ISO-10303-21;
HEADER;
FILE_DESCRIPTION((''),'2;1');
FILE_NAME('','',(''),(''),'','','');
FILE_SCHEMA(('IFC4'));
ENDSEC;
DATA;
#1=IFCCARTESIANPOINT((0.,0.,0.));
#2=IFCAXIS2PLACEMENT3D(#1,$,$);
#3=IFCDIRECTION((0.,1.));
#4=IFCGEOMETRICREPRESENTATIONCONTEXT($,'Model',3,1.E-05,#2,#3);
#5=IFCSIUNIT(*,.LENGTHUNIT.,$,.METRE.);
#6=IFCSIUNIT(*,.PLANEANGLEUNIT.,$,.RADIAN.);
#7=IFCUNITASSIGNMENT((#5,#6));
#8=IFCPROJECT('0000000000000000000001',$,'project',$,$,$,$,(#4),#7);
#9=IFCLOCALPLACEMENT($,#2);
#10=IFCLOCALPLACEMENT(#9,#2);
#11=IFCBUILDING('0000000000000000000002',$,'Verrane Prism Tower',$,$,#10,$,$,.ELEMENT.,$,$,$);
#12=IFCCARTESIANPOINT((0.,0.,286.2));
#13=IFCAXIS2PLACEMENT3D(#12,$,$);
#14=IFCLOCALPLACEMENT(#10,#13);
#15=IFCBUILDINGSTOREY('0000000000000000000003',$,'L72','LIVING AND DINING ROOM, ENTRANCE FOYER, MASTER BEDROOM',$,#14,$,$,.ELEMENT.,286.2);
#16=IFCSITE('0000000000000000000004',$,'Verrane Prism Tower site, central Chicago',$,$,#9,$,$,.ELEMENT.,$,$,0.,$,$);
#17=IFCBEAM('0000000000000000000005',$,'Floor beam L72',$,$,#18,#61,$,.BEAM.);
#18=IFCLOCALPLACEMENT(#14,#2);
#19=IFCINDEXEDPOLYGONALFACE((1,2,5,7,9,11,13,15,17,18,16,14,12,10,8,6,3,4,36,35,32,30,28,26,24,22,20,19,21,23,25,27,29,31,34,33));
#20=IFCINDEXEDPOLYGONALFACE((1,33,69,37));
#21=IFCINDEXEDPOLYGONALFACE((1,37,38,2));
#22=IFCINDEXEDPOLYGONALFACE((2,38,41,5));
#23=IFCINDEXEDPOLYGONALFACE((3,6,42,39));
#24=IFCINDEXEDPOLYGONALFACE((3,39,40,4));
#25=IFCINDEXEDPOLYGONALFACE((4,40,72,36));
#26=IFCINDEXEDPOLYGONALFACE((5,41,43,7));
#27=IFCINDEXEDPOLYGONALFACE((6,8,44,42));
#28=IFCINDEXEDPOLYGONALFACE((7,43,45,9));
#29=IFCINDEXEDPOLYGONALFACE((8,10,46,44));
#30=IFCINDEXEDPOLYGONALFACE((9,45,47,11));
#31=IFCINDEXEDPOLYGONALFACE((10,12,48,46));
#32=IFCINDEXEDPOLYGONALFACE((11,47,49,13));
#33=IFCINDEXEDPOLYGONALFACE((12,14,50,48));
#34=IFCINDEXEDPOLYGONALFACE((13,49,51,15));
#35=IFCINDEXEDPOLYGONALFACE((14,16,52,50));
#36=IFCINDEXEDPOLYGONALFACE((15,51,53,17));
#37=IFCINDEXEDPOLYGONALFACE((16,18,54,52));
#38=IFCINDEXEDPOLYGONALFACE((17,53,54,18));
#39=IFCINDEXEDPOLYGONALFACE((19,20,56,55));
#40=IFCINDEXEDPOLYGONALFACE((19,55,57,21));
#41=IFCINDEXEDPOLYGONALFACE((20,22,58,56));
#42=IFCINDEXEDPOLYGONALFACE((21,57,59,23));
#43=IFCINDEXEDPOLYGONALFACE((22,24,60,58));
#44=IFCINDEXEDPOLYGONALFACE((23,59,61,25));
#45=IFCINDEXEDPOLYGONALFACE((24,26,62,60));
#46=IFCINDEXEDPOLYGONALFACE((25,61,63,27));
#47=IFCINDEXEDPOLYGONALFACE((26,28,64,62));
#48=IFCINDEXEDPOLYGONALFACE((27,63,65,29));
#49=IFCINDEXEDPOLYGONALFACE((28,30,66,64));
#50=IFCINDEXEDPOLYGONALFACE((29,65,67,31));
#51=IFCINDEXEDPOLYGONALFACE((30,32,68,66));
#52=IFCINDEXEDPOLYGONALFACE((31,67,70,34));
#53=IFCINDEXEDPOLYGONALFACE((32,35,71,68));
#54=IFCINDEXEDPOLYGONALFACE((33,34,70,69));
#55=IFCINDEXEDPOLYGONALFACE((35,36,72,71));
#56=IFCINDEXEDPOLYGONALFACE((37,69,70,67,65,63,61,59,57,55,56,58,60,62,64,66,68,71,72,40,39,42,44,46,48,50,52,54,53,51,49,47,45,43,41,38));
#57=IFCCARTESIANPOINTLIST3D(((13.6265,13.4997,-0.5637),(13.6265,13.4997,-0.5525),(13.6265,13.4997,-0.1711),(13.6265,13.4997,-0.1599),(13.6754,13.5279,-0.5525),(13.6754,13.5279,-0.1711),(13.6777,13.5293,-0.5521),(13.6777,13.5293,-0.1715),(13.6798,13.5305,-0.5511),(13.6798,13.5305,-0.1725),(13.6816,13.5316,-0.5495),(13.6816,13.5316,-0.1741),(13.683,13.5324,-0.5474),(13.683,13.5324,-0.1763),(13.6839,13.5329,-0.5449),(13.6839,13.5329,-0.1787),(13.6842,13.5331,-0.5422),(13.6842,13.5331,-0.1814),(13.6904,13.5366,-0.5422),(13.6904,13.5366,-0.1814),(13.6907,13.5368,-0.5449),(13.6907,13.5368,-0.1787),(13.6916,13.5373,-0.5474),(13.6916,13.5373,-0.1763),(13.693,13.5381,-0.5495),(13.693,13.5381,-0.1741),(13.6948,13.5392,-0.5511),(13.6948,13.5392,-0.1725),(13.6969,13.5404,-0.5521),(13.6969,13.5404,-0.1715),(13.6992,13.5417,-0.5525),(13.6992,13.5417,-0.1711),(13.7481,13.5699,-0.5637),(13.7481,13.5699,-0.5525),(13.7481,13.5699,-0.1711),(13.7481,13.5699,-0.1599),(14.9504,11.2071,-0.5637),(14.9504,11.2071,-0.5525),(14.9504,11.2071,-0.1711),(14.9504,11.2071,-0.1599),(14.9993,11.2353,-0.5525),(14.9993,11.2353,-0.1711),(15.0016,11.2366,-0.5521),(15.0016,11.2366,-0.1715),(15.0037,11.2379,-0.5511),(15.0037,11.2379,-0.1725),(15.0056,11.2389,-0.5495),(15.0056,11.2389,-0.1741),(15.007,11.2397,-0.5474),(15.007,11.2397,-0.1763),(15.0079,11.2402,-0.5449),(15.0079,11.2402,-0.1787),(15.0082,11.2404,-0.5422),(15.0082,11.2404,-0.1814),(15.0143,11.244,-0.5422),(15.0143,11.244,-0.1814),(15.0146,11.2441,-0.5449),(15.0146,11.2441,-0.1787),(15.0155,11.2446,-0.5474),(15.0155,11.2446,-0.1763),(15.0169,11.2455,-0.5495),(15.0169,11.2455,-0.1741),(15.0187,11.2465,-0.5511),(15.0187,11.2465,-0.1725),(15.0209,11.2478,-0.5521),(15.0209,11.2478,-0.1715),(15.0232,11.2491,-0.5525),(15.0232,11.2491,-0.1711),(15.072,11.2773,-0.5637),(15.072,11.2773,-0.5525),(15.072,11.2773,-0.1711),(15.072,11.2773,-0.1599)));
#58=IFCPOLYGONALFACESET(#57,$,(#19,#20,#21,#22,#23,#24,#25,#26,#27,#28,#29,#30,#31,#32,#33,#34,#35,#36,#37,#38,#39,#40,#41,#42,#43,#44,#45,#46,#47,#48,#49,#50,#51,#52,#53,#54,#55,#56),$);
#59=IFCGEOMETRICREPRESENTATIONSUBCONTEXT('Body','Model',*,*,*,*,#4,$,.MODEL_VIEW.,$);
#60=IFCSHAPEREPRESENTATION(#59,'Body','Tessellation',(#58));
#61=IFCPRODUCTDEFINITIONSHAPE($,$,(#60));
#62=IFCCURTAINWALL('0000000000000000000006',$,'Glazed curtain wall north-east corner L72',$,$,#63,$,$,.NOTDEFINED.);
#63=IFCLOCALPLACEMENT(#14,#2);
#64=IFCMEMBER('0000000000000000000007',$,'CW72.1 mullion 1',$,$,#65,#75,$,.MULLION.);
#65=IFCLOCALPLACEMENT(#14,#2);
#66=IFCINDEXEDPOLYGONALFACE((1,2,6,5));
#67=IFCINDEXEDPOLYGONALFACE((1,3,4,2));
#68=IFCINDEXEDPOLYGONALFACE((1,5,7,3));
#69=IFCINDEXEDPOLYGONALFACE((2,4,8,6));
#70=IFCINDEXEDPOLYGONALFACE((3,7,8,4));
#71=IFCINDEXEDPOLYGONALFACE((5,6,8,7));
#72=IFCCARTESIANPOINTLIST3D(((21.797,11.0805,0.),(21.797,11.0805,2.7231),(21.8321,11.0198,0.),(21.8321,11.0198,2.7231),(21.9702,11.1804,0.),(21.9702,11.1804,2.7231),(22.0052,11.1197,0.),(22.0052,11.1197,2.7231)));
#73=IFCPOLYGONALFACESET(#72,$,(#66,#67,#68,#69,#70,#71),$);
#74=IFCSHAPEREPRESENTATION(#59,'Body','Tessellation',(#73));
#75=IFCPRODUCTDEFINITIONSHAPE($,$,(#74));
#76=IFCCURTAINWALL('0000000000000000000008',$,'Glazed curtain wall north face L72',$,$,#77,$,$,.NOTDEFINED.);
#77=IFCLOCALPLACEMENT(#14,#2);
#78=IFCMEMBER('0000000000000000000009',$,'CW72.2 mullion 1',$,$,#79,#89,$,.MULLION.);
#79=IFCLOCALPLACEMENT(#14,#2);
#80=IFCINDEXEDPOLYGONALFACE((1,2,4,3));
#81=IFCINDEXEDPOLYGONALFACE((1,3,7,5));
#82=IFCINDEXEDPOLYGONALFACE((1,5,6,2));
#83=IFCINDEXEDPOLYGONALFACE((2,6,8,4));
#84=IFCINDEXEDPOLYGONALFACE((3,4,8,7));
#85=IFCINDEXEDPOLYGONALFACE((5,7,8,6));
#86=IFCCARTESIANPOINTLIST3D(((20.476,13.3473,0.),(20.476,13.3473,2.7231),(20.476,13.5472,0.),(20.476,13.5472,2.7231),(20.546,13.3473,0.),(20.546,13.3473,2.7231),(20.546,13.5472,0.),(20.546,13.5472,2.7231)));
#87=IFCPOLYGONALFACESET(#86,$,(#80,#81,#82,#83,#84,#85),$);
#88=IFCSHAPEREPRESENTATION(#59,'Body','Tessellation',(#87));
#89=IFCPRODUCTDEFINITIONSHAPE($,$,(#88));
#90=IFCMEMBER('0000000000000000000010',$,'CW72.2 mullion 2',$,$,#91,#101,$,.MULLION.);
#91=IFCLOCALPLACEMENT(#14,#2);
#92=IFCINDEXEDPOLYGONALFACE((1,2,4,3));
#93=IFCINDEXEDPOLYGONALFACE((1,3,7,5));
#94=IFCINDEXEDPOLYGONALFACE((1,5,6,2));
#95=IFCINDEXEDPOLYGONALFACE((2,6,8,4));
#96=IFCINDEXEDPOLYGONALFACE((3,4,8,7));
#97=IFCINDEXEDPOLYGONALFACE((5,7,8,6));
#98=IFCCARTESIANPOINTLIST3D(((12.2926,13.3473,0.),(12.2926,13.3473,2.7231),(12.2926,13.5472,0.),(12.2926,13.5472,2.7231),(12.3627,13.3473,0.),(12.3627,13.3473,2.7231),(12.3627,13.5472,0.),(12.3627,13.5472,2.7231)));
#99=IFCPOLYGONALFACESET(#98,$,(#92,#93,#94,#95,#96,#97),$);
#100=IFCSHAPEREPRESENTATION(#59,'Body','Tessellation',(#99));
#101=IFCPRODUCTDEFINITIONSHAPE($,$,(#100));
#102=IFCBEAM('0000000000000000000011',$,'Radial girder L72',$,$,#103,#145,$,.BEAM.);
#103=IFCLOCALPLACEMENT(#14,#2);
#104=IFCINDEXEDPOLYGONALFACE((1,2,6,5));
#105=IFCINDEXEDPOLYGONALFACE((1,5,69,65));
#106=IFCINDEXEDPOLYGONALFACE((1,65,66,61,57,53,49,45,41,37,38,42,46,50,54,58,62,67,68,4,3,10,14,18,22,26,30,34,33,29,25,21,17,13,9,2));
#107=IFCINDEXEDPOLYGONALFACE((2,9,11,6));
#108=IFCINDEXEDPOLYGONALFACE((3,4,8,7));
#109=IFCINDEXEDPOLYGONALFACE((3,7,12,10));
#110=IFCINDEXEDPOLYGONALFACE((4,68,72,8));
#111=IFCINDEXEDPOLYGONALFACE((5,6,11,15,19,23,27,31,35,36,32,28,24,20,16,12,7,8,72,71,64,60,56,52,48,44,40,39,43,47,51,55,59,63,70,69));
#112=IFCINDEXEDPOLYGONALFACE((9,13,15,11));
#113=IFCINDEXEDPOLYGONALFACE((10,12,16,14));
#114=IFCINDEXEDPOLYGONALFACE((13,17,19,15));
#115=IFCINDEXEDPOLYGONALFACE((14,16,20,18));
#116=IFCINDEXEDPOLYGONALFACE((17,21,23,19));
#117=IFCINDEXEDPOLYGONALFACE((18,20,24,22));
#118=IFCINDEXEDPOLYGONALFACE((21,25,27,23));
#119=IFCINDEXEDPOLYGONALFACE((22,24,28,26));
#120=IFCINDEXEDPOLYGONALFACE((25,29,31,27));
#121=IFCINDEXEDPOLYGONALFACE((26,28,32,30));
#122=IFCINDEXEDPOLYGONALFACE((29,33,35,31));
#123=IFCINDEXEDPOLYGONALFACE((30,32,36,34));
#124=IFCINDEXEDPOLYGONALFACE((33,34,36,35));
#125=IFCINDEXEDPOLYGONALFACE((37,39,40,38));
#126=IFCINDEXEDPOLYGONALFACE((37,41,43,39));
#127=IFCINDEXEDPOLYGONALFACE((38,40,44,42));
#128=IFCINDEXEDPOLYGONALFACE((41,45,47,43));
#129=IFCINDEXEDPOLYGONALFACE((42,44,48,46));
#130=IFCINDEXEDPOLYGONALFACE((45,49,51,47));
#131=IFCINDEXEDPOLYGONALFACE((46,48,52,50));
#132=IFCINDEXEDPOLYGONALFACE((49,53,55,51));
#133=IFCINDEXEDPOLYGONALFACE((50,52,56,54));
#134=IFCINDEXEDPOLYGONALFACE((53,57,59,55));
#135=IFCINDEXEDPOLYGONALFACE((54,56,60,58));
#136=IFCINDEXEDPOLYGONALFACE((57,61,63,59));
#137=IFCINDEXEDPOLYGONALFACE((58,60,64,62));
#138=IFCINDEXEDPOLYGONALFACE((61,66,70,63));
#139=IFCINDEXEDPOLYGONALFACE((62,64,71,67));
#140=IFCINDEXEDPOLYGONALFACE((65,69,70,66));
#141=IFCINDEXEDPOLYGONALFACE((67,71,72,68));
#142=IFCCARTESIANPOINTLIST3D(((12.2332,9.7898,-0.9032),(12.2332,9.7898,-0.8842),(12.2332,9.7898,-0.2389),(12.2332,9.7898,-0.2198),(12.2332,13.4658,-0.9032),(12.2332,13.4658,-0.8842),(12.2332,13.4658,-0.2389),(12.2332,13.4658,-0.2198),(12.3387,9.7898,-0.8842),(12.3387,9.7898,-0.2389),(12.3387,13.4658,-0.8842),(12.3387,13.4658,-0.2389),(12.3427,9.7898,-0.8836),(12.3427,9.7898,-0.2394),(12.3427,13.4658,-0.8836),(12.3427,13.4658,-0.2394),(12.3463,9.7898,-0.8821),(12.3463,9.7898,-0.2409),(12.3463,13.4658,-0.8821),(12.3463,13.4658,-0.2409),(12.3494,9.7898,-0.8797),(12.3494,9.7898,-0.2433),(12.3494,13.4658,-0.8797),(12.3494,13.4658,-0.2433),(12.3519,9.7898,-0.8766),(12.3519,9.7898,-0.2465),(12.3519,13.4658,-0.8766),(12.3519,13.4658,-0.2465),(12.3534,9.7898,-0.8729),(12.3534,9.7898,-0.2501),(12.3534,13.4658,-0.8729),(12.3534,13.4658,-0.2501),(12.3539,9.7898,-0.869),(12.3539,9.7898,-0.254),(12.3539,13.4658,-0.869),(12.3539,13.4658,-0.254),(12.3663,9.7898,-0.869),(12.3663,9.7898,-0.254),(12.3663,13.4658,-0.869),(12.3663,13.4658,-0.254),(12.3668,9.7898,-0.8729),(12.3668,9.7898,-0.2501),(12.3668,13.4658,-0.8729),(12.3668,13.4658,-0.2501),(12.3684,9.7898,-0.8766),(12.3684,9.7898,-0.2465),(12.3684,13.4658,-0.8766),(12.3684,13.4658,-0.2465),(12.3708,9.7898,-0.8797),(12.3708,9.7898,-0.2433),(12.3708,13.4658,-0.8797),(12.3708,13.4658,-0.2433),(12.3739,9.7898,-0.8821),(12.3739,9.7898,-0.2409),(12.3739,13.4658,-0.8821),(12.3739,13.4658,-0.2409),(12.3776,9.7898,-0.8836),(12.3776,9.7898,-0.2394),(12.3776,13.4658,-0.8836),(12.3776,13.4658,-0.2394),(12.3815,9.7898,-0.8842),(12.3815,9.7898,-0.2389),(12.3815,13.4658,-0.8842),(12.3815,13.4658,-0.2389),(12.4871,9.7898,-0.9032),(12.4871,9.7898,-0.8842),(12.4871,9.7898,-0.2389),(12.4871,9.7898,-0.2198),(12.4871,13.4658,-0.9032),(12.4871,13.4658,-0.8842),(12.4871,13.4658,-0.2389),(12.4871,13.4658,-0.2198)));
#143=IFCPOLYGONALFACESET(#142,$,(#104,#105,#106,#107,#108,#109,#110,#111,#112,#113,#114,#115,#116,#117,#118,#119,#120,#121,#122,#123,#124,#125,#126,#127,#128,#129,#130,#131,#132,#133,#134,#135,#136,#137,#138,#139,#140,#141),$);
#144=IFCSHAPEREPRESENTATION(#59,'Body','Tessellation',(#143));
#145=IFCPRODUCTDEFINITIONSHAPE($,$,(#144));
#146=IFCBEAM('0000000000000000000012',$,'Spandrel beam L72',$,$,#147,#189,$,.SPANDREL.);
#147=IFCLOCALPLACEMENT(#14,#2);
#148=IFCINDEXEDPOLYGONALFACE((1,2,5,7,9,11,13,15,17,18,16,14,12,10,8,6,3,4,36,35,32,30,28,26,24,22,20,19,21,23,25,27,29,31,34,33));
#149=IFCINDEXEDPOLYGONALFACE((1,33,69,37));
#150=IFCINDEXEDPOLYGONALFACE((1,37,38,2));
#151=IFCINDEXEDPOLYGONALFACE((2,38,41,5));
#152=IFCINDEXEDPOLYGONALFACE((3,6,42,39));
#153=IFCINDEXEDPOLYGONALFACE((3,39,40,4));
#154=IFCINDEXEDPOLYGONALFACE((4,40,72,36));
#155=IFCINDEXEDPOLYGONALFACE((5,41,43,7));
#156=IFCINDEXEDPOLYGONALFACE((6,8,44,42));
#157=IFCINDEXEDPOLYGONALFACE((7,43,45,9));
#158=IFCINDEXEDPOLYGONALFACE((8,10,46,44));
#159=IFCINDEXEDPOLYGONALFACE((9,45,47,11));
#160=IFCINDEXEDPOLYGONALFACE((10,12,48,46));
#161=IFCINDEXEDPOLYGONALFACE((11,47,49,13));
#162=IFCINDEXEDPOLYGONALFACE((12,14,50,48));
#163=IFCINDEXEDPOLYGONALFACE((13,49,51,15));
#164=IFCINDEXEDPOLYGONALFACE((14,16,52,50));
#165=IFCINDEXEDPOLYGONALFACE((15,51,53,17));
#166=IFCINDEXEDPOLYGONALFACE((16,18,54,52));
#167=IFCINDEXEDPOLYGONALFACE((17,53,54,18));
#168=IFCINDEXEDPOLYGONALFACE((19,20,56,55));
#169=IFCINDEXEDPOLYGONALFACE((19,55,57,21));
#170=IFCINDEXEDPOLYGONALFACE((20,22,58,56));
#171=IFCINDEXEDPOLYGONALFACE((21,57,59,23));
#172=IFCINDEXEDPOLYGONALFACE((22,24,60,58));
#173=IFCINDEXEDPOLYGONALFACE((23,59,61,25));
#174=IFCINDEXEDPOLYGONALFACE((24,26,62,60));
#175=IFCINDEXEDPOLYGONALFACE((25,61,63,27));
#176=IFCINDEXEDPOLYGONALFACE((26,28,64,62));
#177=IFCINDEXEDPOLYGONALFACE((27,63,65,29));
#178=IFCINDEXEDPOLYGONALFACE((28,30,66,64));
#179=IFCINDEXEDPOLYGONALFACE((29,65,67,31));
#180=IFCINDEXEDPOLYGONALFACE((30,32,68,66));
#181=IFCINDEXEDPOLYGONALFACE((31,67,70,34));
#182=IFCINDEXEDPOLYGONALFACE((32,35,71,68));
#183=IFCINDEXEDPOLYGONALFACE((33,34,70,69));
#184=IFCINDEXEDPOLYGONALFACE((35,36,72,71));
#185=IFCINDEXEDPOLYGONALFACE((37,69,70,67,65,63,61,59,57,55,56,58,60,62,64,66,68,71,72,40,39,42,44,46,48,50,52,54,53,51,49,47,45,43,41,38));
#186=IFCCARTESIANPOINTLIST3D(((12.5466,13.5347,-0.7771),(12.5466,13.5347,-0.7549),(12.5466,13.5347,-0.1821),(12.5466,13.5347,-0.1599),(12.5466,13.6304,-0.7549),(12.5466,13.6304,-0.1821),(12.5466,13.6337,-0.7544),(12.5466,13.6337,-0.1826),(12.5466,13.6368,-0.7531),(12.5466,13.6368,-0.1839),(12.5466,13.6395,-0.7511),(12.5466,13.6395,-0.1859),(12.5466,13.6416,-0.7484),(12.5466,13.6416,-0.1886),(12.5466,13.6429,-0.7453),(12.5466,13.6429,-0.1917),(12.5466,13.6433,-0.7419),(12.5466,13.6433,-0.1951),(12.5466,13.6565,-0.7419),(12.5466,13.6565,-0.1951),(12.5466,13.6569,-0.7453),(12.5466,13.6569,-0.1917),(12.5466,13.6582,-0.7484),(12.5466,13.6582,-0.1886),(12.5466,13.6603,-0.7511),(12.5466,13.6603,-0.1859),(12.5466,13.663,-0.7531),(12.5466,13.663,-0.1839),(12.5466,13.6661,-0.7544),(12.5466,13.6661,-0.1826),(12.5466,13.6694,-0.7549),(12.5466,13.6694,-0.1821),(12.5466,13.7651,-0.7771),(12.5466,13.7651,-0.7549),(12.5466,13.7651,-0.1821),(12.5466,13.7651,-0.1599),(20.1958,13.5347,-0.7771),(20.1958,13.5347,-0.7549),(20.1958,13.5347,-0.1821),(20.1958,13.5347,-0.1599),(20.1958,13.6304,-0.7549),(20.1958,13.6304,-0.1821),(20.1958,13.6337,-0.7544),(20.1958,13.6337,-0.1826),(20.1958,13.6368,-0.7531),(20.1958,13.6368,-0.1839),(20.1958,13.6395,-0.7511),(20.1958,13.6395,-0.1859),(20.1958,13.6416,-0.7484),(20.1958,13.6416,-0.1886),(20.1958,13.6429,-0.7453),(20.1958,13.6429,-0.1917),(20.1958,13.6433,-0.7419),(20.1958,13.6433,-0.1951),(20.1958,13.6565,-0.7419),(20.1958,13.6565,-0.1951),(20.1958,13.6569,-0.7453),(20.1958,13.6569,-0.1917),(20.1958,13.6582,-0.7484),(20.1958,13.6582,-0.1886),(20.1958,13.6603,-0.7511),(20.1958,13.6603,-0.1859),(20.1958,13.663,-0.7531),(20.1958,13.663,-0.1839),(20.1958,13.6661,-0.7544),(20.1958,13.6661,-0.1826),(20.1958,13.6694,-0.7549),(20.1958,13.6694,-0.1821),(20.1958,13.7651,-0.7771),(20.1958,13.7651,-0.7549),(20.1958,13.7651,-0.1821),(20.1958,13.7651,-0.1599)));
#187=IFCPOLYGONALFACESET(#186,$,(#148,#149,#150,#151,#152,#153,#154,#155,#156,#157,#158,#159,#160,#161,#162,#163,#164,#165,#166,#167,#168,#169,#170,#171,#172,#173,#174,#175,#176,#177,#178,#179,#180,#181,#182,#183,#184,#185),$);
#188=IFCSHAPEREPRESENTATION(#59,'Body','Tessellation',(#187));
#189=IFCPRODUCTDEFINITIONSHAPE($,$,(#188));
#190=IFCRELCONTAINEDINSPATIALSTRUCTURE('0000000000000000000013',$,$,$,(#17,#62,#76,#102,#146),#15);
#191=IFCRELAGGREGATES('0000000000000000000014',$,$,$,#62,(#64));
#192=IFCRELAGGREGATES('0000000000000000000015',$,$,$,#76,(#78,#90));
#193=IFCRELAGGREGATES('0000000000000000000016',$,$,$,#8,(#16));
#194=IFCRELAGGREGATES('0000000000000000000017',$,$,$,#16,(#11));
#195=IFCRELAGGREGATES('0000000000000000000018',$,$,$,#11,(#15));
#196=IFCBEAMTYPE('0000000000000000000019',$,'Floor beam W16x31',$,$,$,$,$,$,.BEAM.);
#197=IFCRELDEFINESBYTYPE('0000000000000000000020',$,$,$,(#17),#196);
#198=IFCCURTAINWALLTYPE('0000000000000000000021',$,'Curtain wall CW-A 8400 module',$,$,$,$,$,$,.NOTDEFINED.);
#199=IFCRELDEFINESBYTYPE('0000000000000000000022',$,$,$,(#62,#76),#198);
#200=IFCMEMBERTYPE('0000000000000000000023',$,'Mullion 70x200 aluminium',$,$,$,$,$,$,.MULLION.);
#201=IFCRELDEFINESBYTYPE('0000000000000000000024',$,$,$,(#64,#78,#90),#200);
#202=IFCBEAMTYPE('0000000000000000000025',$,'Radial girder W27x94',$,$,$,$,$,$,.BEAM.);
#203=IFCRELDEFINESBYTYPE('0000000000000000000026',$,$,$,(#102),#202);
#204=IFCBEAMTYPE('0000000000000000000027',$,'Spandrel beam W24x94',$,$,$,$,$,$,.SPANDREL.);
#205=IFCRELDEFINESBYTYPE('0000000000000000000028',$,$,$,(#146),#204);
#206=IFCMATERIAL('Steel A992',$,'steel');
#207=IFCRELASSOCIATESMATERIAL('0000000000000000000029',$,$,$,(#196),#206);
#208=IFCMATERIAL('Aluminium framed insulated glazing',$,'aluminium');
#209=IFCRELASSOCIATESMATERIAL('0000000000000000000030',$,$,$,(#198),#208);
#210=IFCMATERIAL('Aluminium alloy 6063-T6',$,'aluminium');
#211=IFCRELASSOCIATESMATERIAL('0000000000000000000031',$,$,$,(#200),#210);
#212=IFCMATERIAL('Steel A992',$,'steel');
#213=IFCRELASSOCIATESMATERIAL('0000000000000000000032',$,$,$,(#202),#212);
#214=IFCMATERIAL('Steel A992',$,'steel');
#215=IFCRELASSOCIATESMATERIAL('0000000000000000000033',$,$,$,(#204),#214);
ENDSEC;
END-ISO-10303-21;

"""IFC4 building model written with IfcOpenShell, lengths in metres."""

from ifc_helpers import new_model, si_unit, direction, frame, origin, origin_2d, place, context, subcontext, project, spatial, rectangle, i_section, extrude, material, material_profile, profile_set, type_object, element, aggregate, save


model = new_model("IFC4")

# Units and contexts
model_context = context("Model", 3, precision=1e-05, world=origin(), true_north=direction((0.0, 1.0)))
body_context = subcontext(model_context, "Body", "Model", "MODEL_VIEW")
ifc_project = project(units=[si_unit("LENGTHUNIT", "METRE"), si_unit("PLANEANGLEUNIT", "RADIAN")], contexts=[model_context])

# Site, building, storey
site_placement = place(None, origin())
site = spatial("IfcSite", under=ifc_project, at=site_placement, Name="Verrane Prism Tower site, central Chicago", CompositionType="ELEMENT", RefElevation=0.0)
building_placement = place(site_placement, origin())
building = spatial("IfcBuilding", under=site, at=building_placement, Name="Verrane Prism Tower", CompositionType="ELEMENT")
storey_placement = place(building_placement, frame((0.0, 0.0, 286.2)))
storey = spatial("IfcBuildingStorey", under=building, at=storey_placement, Name="L72", Description="LIVING AND DINING ROOM, ENTRANCE FOYER, MASTER BEDROOM", CompositionType="ELEMENT", Elevation=286.2)

# Beam
ifc_material_1 = material(Name="Steel A992", Category="steel")
ifc_material_profile_1 = material_profile(ifc_material_1, i_section(OverallWidth=0.1404, OverallDepth=0.4038, WebThickness=0.0071, FlangeThickness=0.0112, FilletRadius=0.0103, at=origin_2d()), Name="W16x31")
ifc_profile_set_1 = profile_set([ifc_material_profile_1], Name="Steel A992")
beam_type_1 = type_object("IfcBeamType", Name="Floor beam W16x31", PredefinedType="BEAM", material=ifc_profile_set_1)
beam_1_placement = place(storey_placement, frame((15.0112, 11.2422, -0.3618), z_axis=(-0.500076, 0.865981, 0.0), x_axis=(-0.865981, -0.500076, 0.0)))
element("IfcBeam", 1, at=beam_1_placement, inside=storey, type_object=beam_type_1, Name="Floor beam L72", PredefinedType="BEAM", context=body_context, shape_type="SweptSolid", body=[
    extrude(i_section(OverallWidth=0.1404, OverallDepth=0.4038, WebThickness=0.0071, FlangeThickness=0.0112, FilletRadius=0.0103, at=origin_2d()), origin(), (0.0, 0.0, 1.0), 2.6475),
])

# Curtain wall, member
ifc_material_2 = material(Name="Aluminium framed insulated glazing", Category="aluminium")
curtain_wall_type = type_object("IfcCurtainWallType", Name="Curtain wall CW-A 8400 module", PredefinedType="NOTDEFINED", material=ifc_material_2)
curtain_wall_1_placement = place(storey_placement, origin())
curtain_wall_1 = element("IfcCurtainWall", 2, at=curtain_wall_1_placement, inside=storey, type_object=curtain_wall_type, Name="Glazed curtain wall north-east corner L72", PredefinedType="NOTDEFINED")
ifc_material_3 = material(Name="Aluminium alloy 6063-T6", Category="aluminium")
ifc_material_profile_2 = material_profile(ifc_material_3, rectangle(XDim=0.2, YDim=0.0701, at=origin_2d()), Name="Mullion 70x200 aluminium")
ifc_profile_set_2 = profile_set([ifc_material_profile_2], Name="Aluminium alloy 6063-T6")
member_type_1 = type_object("IfcMemberType", Name="Mullion 70x200 aluminium", PredefinedType="MULLION", material=ifc_profile_set_2)
member_1_placement = place(storey_placement, frame((21.9011, 11.1001, 0.0), z_axis=(0.0, 0.0, 1.0), x_axis=(-0.866024, -0.500002, 0.0)))
member_1 = element("IfcMember", 3, at=member_1_placement, type_object=member_type_1, Name="CW72.1 mullion 1", PredefinedType="MULLION", context=body_context, shape_type="SweptSolid", body=[
    extrude(rectangle(XDim=0.2, YDim=0.0701, at=origin_2d()), origin(), (0.0, 0.0, 1.0), 2.7231),
])

# Curtain wall, members
curtain_wall_2_placement = place(storey_placement, origin())
curtain_wall_2 = element("IfcCurtainWall", 4, at=curtain_wall_2_placement, inside=storey, type_object=curtain_wall_type, Name="Glazed curtain wall north face L72", PredefinedType="NOTDEFINED")
member_2_placement = place(storey_placement, frame((20.511, 13.4473, 0.0), z_axis=(0.0, 0.0, 1.0), x_axis=(0.0, -1.0, 0.0)))
member_2 = element("IfcMember", 5, at=member_2_placement, type_object=member_type_1, Name="CW72.2 mullion 1", PredefinedType="MULLION", context=body_context, shape_type="SweptSolid", body=[
    extrude(rectangle(XDim=0.2, YDim=0.0701, at=origin_2d()), origin(), (0.0, 0.0, 1.0), 2.7231),
])
member_3_placement = place(storey_placement, frame((12.3276, 13.4473, 0.0), z_axis=(0.0, 0.0, 1.0), x_axis=(0.0, -1.0, 0.0)))
member_3 = element("IfcMember", 6, at=member_3_placement, type_object=member_type_1, Name="CW72.2 mullion 2", PredefinedType="MULLION", context=body_context, shape_type="SweptSolid", body=[
    extrude(rectangle(XDim=0.2, YDim=0.0701, at=origin_2d()), origin(), (0.0, 0.0, 1.0), 2.7231),
])

# Beams
ifc_material_4 = material(Name="Steel A992", Category="steel")
ifc_material_profile_3 = material_profile(ifc_material_4, i_section(OverallWidth=0.2539, OverallDepth=0.6833, WebThickness=0.0125, FlangeThickness=0.019, FilletRadius=0.0151, at=origin_2d()), Name="W27x94")
ifc_profile_set_3 = profile_set([ifc_material_profile_3], Name="Steel A992")
beam_type_2 = type_object("IfcBeamType", Name="Radial girder W27x94", PredefinedType="BEAM", material=ifc_profile_set_3)
beam_2_placement = place(storey_placement, frame((12.3601, 13.4658, -0.5615), z_axis=(0.0, -1.0, 0.0), x_axis=(1.0, 0.0, 0.0)))
element("IfcBeam", 7, at=beam_2_placement, inside=storey, type_object=beam_type_2, Name="Radial girder L72", PredefinedType="BEAM", context=body_context, shape_type="SweptSolid", body=[
    extrude(i_section(OverallWidth=0.2539, OverallDepth=0.6833, WebThickness=0.0125, FlangeThickness=0.019, FilletRadius=0.0151, at=origin_2d()), origin(), (0.0, 0.0, 1.0), 3.676),
])
ifc_material_5 = material(Name="Steel A992", Category="steel")
ifc_material_profile_4 = material_profile(ifc_material_5, i_section(OverallWidth=0.2305, OverallDepth=0.6172, WebThickness=0.0132, FlangeThickness=0.0222, FilletRadius=0.0129, at=origin_2d()), Name="W24x94")
ifc_profile_set_4 = profile_set([ifc_material_profile_4], Name="Steel A992")
beam_type_3 = type_object("IfcBeamType", Name="Spandrel beam W24x94", PredefinedType="SPANDREL", material=ifc_profile_set_4)
beam_3_placement = place(storey_placement, frame((20.1958, 13.6499, -0.4685), z_axis=(-1.0, 0.0, 0.0), x_axis=(0.0, -1.0, 0.0)))
element("IfcBeam", 8, at=beam_3_placement, inside=storey, type_object=beam_type_3, Name="Spandrel beam L72", PredefinedType="SPANDREL", context=body_context, shape_type="SweptSolid", body=[
    extrude(i_section(OverallWidth=0.2305, OverallDepth=0.6172, WebThickness=0.0132, FlangeThickness=0.0222, FilletRadius=0.0129, at=origin_2d()), origin(), (0.0, 0.0, 1.0), 7.6492),
])

aggregate(curtain_wall_1, [member_1])
aggregate(curtain_wall_2, [member_2, member_3])

save(model, "model.ifc")
